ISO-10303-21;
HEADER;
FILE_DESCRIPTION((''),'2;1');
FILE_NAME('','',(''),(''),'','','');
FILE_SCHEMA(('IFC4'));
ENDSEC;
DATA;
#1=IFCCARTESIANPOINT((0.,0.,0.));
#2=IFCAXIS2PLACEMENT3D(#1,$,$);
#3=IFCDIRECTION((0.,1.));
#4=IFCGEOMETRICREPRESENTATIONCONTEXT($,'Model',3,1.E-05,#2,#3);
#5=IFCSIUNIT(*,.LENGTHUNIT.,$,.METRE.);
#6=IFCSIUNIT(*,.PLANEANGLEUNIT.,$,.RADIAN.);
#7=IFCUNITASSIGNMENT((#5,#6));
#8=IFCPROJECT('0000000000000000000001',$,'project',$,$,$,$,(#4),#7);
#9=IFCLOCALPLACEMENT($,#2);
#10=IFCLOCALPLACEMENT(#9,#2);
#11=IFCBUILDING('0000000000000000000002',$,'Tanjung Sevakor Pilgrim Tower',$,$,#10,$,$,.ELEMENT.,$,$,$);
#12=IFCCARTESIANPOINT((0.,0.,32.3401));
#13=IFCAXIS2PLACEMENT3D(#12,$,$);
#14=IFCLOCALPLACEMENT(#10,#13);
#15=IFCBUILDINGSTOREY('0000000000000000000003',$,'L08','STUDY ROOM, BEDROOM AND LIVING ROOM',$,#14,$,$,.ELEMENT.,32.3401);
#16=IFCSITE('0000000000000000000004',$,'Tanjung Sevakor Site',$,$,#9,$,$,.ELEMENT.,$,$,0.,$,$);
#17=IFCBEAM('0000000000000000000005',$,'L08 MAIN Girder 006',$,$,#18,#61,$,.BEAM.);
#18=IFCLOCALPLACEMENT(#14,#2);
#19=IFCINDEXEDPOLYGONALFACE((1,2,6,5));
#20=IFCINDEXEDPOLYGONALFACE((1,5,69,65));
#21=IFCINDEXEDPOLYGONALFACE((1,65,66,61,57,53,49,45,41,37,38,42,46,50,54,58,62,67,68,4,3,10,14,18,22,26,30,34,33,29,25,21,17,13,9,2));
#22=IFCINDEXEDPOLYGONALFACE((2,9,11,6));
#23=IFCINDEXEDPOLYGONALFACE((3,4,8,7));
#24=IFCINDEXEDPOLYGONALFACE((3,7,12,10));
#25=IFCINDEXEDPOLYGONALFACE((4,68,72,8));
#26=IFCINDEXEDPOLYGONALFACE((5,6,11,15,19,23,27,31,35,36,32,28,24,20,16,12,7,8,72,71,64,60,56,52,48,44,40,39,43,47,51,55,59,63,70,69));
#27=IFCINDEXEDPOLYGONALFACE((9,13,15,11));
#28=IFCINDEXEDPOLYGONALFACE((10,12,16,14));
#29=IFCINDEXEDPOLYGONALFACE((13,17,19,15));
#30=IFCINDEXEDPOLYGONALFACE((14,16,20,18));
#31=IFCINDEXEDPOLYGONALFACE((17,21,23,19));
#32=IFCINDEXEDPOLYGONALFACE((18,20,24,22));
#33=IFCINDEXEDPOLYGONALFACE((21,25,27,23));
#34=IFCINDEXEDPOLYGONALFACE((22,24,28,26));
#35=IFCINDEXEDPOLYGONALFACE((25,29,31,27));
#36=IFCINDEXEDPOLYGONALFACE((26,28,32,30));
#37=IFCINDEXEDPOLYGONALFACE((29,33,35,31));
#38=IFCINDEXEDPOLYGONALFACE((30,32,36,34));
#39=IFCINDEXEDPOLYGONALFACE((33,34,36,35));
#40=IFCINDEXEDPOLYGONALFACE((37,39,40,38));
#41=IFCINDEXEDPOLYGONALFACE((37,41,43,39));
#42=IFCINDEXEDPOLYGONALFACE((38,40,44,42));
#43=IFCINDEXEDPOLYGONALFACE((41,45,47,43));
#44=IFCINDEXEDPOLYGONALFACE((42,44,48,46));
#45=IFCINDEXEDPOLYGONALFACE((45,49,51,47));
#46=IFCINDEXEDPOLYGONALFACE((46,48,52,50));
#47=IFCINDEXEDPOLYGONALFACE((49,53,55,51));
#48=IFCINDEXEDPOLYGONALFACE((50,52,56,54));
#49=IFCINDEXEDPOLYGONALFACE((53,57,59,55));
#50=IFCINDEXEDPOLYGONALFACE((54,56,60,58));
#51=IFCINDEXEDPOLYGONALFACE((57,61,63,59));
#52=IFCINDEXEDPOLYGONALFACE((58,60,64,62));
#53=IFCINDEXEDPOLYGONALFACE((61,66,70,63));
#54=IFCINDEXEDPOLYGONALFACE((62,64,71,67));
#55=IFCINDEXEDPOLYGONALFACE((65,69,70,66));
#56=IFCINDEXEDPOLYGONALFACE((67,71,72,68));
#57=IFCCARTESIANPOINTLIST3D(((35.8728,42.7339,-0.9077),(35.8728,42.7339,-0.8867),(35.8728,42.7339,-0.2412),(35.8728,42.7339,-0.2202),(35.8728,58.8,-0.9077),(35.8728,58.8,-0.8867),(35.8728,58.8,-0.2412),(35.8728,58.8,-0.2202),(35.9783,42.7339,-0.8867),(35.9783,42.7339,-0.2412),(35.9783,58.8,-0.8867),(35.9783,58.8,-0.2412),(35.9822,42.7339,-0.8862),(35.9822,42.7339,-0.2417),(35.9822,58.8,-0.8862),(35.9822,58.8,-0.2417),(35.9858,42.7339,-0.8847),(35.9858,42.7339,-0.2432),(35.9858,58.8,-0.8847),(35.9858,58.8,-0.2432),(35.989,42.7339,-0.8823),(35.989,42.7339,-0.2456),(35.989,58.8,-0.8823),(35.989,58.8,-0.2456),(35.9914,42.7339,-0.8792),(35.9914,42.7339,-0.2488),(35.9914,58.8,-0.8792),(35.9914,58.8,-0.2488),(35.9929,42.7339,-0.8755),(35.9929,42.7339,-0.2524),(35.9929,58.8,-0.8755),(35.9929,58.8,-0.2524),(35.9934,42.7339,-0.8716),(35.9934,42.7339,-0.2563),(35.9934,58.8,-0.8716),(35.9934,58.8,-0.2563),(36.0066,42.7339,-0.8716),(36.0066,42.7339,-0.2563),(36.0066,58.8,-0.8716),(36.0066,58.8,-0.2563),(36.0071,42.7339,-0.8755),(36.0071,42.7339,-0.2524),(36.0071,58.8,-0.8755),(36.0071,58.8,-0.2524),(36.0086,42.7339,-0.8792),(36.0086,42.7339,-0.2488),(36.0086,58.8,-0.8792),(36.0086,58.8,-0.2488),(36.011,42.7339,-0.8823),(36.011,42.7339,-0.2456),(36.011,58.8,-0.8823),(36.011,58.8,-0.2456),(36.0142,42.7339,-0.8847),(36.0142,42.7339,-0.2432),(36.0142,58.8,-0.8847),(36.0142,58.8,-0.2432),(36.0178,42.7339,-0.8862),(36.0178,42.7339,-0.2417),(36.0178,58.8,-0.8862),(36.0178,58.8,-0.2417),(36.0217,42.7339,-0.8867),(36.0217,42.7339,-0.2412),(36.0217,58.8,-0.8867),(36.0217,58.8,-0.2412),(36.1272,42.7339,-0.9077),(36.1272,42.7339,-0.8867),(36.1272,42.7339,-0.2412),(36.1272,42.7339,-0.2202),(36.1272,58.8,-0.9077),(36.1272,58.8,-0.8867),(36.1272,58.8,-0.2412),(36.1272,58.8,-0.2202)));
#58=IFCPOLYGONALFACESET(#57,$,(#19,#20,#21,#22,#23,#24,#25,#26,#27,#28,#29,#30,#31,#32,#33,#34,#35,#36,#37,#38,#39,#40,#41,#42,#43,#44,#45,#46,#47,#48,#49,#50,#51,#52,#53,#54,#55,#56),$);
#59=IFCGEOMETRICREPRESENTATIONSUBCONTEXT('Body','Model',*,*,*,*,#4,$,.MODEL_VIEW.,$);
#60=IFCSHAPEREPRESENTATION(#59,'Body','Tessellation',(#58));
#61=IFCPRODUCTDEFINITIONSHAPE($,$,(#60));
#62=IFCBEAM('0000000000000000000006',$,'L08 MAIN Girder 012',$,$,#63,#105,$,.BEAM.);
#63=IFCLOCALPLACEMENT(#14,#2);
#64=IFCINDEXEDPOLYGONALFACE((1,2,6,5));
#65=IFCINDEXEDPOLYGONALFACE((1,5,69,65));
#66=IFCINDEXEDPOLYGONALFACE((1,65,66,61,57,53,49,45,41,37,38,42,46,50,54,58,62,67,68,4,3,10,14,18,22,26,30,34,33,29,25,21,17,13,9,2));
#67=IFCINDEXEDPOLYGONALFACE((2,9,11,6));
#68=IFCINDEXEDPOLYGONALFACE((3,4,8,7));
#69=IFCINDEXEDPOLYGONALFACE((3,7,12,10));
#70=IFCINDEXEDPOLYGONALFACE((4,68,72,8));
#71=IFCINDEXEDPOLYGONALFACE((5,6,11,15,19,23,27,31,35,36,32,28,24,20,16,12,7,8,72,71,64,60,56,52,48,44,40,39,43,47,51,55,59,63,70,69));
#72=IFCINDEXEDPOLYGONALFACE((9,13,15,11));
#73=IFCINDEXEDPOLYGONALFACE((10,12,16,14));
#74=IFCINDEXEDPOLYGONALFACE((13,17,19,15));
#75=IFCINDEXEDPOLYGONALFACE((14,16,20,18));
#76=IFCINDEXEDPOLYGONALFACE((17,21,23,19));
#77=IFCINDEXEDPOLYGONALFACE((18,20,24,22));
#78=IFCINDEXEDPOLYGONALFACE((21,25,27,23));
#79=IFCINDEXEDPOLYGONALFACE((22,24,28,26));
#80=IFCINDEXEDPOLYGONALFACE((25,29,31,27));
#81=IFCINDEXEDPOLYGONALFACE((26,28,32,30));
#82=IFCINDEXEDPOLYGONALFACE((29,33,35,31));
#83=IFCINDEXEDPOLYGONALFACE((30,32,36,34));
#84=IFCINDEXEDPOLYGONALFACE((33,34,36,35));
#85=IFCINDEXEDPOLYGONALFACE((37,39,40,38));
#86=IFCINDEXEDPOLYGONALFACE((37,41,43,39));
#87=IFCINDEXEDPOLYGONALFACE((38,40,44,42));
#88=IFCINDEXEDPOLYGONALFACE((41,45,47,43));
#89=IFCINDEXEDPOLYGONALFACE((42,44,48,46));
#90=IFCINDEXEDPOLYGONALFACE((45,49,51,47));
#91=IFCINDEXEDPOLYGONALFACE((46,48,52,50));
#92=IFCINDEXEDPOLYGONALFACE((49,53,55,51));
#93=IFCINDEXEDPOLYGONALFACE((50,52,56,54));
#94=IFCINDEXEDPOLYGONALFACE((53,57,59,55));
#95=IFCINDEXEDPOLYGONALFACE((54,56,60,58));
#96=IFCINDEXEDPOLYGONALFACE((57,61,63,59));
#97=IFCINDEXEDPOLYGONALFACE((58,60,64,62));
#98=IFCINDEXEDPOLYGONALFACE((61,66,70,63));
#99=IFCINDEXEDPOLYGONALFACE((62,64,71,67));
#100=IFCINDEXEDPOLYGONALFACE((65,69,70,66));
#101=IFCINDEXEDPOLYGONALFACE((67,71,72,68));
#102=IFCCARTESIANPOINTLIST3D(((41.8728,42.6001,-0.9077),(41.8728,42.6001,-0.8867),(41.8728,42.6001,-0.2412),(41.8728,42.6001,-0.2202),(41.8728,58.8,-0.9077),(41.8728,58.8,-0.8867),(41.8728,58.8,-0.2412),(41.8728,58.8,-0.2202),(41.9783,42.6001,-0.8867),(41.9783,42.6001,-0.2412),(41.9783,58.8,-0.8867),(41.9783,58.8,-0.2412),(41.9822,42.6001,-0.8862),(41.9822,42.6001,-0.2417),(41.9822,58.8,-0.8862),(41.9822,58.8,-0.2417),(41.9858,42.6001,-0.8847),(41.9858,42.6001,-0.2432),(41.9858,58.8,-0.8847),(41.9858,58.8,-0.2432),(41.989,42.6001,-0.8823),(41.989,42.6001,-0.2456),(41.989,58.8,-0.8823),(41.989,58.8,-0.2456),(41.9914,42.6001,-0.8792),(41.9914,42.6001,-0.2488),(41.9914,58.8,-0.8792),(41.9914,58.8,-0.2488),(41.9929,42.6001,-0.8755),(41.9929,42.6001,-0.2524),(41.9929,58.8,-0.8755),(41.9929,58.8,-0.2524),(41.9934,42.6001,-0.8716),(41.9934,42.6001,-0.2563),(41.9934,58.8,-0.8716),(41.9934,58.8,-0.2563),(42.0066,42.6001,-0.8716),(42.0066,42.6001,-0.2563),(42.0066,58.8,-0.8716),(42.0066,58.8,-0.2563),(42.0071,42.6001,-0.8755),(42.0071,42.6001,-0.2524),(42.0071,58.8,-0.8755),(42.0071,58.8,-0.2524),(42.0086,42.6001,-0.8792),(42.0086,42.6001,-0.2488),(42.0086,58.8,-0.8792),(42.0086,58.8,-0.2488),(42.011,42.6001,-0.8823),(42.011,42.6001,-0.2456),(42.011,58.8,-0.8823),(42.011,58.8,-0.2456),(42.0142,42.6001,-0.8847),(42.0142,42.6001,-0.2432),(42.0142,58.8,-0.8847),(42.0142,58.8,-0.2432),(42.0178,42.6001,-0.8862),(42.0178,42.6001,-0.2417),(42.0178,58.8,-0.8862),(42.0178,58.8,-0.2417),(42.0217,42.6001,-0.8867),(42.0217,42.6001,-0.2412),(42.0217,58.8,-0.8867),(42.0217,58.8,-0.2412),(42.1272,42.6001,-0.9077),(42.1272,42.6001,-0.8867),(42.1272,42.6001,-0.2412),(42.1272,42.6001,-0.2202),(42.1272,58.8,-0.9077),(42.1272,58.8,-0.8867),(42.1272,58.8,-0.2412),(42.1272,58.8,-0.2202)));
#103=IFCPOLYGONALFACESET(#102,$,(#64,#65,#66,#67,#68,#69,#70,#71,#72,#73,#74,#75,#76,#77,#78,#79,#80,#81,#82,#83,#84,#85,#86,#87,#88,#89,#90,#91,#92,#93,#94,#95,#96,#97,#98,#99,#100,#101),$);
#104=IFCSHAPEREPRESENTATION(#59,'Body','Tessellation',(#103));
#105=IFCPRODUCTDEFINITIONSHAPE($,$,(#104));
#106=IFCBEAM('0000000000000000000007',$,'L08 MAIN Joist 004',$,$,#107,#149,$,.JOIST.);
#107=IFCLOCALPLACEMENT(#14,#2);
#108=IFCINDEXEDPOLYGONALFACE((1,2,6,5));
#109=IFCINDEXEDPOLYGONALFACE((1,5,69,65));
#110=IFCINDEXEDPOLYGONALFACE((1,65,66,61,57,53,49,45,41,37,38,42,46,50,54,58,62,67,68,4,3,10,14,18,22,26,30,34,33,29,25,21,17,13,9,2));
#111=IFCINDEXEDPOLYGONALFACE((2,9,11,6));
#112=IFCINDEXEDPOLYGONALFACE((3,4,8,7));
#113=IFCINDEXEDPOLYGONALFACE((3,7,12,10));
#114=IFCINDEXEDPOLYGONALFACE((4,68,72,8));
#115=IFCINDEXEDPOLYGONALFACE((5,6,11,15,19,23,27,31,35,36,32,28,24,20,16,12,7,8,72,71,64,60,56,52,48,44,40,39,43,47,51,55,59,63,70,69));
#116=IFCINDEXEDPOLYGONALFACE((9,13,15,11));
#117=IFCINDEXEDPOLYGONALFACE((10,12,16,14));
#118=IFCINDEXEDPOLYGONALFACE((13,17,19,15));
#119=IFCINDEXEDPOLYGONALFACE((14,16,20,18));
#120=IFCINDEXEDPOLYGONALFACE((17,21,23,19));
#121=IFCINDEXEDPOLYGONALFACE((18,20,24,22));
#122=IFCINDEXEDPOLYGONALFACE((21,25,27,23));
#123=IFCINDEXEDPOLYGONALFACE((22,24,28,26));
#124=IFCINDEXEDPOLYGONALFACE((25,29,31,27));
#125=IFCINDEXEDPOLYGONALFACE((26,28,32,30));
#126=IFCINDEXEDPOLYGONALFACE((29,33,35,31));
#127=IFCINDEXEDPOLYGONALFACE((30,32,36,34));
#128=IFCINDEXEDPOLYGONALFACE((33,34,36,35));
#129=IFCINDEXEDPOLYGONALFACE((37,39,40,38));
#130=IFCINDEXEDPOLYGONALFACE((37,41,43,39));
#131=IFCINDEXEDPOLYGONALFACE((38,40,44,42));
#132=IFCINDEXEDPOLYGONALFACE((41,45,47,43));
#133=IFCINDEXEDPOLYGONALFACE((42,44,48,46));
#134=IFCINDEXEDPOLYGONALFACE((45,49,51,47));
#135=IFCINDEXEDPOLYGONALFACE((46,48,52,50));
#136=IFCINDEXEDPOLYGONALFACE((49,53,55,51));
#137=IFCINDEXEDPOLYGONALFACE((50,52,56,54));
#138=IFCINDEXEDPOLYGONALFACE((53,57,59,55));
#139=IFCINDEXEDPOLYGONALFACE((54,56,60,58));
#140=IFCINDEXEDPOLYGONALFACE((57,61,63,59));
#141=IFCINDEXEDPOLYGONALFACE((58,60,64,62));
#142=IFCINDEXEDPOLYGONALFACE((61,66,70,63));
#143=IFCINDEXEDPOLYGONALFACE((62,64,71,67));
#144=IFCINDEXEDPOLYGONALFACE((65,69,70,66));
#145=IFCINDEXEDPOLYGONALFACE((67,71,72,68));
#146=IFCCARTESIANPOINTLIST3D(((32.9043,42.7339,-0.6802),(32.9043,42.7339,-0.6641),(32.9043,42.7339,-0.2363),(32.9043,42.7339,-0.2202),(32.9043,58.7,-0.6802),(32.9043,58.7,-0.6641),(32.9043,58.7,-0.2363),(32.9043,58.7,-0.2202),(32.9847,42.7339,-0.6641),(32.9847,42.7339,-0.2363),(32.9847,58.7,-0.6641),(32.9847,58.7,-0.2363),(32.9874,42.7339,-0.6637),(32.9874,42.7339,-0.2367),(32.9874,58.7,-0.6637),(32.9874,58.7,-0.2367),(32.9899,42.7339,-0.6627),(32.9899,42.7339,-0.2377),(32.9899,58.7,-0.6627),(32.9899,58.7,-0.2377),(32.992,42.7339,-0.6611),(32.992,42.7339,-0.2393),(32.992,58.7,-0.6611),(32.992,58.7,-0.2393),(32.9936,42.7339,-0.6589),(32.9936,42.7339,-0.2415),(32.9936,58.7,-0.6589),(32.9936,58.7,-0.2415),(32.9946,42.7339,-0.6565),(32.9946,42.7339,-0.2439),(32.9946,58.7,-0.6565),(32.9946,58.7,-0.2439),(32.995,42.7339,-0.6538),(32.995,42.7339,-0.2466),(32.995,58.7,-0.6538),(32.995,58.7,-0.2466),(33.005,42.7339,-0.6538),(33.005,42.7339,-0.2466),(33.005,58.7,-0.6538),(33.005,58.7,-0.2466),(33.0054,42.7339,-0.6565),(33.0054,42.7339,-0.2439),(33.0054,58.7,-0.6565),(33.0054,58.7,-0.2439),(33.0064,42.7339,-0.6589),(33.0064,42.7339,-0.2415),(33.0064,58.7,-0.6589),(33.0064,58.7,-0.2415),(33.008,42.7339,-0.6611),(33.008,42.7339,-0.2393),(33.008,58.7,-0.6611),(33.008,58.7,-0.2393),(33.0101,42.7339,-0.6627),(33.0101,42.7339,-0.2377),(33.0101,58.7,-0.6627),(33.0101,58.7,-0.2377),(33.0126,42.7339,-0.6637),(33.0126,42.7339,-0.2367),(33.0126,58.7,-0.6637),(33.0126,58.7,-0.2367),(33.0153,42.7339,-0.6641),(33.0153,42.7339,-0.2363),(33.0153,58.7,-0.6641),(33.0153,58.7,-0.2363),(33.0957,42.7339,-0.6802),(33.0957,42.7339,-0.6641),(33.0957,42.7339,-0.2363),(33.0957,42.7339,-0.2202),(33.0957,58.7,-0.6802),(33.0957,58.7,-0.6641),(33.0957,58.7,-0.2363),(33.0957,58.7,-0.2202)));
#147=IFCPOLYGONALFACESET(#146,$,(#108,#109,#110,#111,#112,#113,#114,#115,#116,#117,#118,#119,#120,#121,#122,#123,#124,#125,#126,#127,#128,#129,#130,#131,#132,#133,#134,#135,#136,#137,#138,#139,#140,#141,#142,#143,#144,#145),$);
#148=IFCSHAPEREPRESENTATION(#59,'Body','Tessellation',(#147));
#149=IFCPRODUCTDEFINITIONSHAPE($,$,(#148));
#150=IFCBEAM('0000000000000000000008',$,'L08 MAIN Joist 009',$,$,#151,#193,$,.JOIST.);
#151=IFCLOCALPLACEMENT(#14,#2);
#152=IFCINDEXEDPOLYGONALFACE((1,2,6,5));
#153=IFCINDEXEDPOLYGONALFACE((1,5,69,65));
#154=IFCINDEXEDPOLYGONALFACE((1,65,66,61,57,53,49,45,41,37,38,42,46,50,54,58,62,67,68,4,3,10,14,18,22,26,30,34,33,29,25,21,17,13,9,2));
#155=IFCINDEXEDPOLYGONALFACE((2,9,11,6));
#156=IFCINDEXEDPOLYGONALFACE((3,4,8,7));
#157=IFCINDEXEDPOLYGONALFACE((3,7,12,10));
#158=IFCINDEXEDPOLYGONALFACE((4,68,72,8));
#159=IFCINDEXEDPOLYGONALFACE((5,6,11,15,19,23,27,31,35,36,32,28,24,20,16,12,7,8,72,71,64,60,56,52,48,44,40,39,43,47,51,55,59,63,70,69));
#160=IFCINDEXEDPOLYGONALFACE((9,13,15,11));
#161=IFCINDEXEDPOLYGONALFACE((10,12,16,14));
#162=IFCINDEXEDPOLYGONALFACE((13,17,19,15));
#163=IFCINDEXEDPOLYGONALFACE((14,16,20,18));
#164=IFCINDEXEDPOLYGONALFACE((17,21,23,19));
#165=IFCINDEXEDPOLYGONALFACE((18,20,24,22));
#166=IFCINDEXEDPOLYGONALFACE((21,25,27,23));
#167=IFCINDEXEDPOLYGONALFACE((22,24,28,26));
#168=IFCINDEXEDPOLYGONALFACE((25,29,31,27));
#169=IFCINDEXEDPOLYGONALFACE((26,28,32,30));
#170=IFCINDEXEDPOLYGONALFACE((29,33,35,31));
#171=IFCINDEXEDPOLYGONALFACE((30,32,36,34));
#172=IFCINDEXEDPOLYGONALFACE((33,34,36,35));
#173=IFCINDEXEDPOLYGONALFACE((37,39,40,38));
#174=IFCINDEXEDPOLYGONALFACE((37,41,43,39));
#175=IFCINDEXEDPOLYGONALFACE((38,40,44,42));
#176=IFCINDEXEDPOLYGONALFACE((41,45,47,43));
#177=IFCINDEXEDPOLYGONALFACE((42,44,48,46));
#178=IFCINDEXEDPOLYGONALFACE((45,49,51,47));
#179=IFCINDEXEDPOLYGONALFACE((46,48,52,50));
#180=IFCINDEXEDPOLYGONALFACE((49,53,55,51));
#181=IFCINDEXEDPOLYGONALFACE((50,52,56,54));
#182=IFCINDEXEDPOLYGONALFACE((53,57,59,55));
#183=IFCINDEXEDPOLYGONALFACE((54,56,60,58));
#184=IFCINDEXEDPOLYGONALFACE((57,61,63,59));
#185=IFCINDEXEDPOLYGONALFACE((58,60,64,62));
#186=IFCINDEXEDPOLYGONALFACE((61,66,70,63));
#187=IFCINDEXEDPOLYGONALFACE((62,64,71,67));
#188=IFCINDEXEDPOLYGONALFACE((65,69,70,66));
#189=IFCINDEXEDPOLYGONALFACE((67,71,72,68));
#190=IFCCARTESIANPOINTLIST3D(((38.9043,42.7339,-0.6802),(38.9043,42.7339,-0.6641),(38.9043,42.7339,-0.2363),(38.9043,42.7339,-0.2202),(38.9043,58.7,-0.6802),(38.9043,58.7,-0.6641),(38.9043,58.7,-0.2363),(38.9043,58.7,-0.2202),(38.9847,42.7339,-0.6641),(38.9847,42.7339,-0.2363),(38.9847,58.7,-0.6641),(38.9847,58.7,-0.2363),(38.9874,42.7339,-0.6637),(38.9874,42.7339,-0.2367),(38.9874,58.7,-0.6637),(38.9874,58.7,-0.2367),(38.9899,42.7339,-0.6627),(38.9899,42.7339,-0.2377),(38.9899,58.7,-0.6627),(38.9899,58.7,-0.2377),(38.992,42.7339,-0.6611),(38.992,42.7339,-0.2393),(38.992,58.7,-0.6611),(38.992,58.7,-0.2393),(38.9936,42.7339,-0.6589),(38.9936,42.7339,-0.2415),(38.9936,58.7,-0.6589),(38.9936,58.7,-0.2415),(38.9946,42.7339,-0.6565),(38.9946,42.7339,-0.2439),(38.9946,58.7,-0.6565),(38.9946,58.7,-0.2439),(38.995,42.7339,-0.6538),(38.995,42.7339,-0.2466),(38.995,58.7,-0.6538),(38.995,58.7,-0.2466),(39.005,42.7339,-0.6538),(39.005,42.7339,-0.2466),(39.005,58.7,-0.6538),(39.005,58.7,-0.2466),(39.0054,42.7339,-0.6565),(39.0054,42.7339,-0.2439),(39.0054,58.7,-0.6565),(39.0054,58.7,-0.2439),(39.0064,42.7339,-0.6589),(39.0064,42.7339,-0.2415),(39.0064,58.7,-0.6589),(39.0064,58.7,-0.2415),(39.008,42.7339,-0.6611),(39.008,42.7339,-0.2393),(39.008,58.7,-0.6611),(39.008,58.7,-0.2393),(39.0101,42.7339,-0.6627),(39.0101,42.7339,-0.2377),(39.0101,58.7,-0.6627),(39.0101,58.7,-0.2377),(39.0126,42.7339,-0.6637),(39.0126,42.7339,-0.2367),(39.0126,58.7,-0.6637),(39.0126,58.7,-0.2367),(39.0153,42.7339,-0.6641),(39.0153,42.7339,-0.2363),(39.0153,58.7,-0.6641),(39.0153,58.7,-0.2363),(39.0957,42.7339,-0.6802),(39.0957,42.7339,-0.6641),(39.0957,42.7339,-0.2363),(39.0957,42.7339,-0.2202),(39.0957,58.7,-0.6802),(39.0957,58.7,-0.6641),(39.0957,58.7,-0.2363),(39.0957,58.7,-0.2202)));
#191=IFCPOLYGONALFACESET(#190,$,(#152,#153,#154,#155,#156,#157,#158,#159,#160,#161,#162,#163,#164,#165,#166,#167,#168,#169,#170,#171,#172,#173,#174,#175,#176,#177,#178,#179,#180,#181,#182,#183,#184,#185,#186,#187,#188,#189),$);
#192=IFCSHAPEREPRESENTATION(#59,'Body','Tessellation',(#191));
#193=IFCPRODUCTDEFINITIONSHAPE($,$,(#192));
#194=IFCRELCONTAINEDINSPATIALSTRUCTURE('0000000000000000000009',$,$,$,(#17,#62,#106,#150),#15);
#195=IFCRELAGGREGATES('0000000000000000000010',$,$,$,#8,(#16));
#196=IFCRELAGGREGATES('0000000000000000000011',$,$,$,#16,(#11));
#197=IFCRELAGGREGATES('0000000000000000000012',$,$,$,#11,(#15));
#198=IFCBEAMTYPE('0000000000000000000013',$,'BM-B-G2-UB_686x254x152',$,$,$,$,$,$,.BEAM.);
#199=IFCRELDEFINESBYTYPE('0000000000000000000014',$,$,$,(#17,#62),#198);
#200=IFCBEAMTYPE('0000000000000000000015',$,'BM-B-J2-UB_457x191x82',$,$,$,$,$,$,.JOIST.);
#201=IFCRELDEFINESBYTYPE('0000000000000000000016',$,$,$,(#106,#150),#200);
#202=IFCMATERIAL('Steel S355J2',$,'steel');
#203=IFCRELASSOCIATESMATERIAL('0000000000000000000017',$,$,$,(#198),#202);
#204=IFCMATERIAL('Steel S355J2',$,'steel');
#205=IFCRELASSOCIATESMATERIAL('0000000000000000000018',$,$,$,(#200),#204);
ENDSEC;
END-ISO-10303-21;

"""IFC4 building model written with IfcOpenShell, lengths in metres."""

from ifc_helpers import new_model, si_unit, direction, frame, origin, origin_2d, place, context, subcontext, project, spatial, i_section, extrude, material, material_profile, profile_set, type_object, element, save


model = new_model("IFC4")

# Units and contexts
model_context = context("Model", 3, precision=1e-05, world=origin(), true_north=direction((0.0, 1.0)))
body_context = subcontext(model_context, "Body", "Model", "MODEL_VIEW")
ifc_project = project(units=[si_unit("LENGTHUNIT", "METRE"), si_unit("PLANEANGLEUNIT", "RADIAN")], contexts=[model_context])

# Site, building, storey
site_placement = place(None, origin())
site = spatial("IfcSite", under=ifc_project, at=site_placement, Name="Tanjung Sevakor Site", CompositionType="ELEMENT", RefElevation=0.0)
building_placement = place(site_placement, origin())
building = spatial("IfcBuilding", under=site, at=building_placement, Name="Tanjung Sevakor Pilgrim Tower", CompositionType="ELEMENT")
storey_placement = place(building_placement, frame((0.0, 0.0, 32.3401)))
storey = spatial("IfcBuildingStorey", under=building, at=storey_placement, Name="L08", Description="STUDY ROOM, BEDROOM AND LIVING ROOM", CompositionType="ELEMENT", Elevation=32.3401)

# Beams
ifc_material_1 = material(Name="Steel S355J2", Category="steel")
ifc_material_profile_1 = material_profile(ifc_material_1, i_section(OverallWidth=0.2544, OverallDepth=0.6875, WebThickness=0.0132, FlangeThickness=0.021, FilletRadius=0.0151, at=origin_2d()))
ifc_profile_set_1 = profile_set([ifc_material_profile_1], Name="Steel S355J2")
beam_type_1 = type_object("IfcBeamType", Name="BM-B-G2-UB_686x254x152", PredefinedType="BEAM", material=ifc_profile_set_1)
beam_1_placement = place(storey_placement, frame((36.0, 42.7339, -0.564), z_axis=(0.0, 1.0, 0.0), x_axis=(-1.0, 0.0, 0.0)))
element("IfcBeam", 1, at=beam_1_placement, inside=storey, type_object=beam_type_1, Name="L08 MAIN Girder 006", PredefinedType="BEAM", context=body_context, shape_type="SweptSolid", body=[
    extrude(i_section(OverallWidth=0.2544, OverallDepth=0.6875, WebThickness=0.0132, FlangeThickness=0.021, FilletRadius=0.0151, at=origin_2d()), origin(), (0.0, 0.0, 1.0), 16.0662),
])
beam_2_placement = place(storey_placement, frame((42.0, 42.6001, -0.564), z_axis=(0.0, 1.0, 0.0), x_axis=(-1.0, 0.0, 0.0)))
element("IfcBeam", 2, at=beam_2_placement, inside=storey, type_object=beam_type_1, Name="L08 MAIN Girder 012", PredefinedType="BEAM", context=body_context, shape_type="SweptSolid", body=[
    extrude(i_section(OverallWidth=0.2544, OverallDepth=0.6875, WebThickness=0.0132, FlangeThickness=0.021, FilletRadius=0.0151, at=origin_2d()), origin(), (0.0, 0.0, 1.0), 16.2),
])
ifc_material_2 = material(Name="Steel S355J2", Category="steel")
ifc_material_profile_2 = material_profile(ifc_material_2, i_section(OverallWidth=0.1914, OverallDepth=0.46, WebThickness=0.01, FlangeThickness=0.0161, FilletRadius=0.0103, at=origin_2d()))
ifc_profile_set_2 = profile_set([ifc_material_profile_2], Name="Steel S355J2")
beam_type_2 = type_object("IfcBeamType", Name="BM-B-J2-UB_457x191x82", PredefinedType="JOIST", material=ifc_profile_set_2)
for number, where, z_axis, x_axis, name in (
    (3, (33.0, 42.7339, -0.4502), (0.0, 1.0, 0.0), (-1.0, 0.0, 0.0), "L08 MAIN Joist 004"),
    (4, (39.0, 42.7339, -0.4502), (0.0, 1.0, 0.0), (-1.0, 0.0, 0.0), "L08 MAIN Joist 009"),
):
    element("IfcBeam", number, at=place(storey_placement, frame(where, z_axis=z_axis, x_axis=x_axis)), inside=storey, type_object=beam_type_2, Name=name, PredefinedType="JOIST", context=body_context, shape_type="SweptSolid", body=[
        extrude(i_section(OverallWidth=0.1914, OverallDepth=0.46, WebThickness=0.01, FlangeThickness=0.0161, FilletRadius=0.0103, at=origin_2d()), origin(), (0.0, 0.0, 1.0), 15.9661),
    ])

save(model, "model.ifc")
